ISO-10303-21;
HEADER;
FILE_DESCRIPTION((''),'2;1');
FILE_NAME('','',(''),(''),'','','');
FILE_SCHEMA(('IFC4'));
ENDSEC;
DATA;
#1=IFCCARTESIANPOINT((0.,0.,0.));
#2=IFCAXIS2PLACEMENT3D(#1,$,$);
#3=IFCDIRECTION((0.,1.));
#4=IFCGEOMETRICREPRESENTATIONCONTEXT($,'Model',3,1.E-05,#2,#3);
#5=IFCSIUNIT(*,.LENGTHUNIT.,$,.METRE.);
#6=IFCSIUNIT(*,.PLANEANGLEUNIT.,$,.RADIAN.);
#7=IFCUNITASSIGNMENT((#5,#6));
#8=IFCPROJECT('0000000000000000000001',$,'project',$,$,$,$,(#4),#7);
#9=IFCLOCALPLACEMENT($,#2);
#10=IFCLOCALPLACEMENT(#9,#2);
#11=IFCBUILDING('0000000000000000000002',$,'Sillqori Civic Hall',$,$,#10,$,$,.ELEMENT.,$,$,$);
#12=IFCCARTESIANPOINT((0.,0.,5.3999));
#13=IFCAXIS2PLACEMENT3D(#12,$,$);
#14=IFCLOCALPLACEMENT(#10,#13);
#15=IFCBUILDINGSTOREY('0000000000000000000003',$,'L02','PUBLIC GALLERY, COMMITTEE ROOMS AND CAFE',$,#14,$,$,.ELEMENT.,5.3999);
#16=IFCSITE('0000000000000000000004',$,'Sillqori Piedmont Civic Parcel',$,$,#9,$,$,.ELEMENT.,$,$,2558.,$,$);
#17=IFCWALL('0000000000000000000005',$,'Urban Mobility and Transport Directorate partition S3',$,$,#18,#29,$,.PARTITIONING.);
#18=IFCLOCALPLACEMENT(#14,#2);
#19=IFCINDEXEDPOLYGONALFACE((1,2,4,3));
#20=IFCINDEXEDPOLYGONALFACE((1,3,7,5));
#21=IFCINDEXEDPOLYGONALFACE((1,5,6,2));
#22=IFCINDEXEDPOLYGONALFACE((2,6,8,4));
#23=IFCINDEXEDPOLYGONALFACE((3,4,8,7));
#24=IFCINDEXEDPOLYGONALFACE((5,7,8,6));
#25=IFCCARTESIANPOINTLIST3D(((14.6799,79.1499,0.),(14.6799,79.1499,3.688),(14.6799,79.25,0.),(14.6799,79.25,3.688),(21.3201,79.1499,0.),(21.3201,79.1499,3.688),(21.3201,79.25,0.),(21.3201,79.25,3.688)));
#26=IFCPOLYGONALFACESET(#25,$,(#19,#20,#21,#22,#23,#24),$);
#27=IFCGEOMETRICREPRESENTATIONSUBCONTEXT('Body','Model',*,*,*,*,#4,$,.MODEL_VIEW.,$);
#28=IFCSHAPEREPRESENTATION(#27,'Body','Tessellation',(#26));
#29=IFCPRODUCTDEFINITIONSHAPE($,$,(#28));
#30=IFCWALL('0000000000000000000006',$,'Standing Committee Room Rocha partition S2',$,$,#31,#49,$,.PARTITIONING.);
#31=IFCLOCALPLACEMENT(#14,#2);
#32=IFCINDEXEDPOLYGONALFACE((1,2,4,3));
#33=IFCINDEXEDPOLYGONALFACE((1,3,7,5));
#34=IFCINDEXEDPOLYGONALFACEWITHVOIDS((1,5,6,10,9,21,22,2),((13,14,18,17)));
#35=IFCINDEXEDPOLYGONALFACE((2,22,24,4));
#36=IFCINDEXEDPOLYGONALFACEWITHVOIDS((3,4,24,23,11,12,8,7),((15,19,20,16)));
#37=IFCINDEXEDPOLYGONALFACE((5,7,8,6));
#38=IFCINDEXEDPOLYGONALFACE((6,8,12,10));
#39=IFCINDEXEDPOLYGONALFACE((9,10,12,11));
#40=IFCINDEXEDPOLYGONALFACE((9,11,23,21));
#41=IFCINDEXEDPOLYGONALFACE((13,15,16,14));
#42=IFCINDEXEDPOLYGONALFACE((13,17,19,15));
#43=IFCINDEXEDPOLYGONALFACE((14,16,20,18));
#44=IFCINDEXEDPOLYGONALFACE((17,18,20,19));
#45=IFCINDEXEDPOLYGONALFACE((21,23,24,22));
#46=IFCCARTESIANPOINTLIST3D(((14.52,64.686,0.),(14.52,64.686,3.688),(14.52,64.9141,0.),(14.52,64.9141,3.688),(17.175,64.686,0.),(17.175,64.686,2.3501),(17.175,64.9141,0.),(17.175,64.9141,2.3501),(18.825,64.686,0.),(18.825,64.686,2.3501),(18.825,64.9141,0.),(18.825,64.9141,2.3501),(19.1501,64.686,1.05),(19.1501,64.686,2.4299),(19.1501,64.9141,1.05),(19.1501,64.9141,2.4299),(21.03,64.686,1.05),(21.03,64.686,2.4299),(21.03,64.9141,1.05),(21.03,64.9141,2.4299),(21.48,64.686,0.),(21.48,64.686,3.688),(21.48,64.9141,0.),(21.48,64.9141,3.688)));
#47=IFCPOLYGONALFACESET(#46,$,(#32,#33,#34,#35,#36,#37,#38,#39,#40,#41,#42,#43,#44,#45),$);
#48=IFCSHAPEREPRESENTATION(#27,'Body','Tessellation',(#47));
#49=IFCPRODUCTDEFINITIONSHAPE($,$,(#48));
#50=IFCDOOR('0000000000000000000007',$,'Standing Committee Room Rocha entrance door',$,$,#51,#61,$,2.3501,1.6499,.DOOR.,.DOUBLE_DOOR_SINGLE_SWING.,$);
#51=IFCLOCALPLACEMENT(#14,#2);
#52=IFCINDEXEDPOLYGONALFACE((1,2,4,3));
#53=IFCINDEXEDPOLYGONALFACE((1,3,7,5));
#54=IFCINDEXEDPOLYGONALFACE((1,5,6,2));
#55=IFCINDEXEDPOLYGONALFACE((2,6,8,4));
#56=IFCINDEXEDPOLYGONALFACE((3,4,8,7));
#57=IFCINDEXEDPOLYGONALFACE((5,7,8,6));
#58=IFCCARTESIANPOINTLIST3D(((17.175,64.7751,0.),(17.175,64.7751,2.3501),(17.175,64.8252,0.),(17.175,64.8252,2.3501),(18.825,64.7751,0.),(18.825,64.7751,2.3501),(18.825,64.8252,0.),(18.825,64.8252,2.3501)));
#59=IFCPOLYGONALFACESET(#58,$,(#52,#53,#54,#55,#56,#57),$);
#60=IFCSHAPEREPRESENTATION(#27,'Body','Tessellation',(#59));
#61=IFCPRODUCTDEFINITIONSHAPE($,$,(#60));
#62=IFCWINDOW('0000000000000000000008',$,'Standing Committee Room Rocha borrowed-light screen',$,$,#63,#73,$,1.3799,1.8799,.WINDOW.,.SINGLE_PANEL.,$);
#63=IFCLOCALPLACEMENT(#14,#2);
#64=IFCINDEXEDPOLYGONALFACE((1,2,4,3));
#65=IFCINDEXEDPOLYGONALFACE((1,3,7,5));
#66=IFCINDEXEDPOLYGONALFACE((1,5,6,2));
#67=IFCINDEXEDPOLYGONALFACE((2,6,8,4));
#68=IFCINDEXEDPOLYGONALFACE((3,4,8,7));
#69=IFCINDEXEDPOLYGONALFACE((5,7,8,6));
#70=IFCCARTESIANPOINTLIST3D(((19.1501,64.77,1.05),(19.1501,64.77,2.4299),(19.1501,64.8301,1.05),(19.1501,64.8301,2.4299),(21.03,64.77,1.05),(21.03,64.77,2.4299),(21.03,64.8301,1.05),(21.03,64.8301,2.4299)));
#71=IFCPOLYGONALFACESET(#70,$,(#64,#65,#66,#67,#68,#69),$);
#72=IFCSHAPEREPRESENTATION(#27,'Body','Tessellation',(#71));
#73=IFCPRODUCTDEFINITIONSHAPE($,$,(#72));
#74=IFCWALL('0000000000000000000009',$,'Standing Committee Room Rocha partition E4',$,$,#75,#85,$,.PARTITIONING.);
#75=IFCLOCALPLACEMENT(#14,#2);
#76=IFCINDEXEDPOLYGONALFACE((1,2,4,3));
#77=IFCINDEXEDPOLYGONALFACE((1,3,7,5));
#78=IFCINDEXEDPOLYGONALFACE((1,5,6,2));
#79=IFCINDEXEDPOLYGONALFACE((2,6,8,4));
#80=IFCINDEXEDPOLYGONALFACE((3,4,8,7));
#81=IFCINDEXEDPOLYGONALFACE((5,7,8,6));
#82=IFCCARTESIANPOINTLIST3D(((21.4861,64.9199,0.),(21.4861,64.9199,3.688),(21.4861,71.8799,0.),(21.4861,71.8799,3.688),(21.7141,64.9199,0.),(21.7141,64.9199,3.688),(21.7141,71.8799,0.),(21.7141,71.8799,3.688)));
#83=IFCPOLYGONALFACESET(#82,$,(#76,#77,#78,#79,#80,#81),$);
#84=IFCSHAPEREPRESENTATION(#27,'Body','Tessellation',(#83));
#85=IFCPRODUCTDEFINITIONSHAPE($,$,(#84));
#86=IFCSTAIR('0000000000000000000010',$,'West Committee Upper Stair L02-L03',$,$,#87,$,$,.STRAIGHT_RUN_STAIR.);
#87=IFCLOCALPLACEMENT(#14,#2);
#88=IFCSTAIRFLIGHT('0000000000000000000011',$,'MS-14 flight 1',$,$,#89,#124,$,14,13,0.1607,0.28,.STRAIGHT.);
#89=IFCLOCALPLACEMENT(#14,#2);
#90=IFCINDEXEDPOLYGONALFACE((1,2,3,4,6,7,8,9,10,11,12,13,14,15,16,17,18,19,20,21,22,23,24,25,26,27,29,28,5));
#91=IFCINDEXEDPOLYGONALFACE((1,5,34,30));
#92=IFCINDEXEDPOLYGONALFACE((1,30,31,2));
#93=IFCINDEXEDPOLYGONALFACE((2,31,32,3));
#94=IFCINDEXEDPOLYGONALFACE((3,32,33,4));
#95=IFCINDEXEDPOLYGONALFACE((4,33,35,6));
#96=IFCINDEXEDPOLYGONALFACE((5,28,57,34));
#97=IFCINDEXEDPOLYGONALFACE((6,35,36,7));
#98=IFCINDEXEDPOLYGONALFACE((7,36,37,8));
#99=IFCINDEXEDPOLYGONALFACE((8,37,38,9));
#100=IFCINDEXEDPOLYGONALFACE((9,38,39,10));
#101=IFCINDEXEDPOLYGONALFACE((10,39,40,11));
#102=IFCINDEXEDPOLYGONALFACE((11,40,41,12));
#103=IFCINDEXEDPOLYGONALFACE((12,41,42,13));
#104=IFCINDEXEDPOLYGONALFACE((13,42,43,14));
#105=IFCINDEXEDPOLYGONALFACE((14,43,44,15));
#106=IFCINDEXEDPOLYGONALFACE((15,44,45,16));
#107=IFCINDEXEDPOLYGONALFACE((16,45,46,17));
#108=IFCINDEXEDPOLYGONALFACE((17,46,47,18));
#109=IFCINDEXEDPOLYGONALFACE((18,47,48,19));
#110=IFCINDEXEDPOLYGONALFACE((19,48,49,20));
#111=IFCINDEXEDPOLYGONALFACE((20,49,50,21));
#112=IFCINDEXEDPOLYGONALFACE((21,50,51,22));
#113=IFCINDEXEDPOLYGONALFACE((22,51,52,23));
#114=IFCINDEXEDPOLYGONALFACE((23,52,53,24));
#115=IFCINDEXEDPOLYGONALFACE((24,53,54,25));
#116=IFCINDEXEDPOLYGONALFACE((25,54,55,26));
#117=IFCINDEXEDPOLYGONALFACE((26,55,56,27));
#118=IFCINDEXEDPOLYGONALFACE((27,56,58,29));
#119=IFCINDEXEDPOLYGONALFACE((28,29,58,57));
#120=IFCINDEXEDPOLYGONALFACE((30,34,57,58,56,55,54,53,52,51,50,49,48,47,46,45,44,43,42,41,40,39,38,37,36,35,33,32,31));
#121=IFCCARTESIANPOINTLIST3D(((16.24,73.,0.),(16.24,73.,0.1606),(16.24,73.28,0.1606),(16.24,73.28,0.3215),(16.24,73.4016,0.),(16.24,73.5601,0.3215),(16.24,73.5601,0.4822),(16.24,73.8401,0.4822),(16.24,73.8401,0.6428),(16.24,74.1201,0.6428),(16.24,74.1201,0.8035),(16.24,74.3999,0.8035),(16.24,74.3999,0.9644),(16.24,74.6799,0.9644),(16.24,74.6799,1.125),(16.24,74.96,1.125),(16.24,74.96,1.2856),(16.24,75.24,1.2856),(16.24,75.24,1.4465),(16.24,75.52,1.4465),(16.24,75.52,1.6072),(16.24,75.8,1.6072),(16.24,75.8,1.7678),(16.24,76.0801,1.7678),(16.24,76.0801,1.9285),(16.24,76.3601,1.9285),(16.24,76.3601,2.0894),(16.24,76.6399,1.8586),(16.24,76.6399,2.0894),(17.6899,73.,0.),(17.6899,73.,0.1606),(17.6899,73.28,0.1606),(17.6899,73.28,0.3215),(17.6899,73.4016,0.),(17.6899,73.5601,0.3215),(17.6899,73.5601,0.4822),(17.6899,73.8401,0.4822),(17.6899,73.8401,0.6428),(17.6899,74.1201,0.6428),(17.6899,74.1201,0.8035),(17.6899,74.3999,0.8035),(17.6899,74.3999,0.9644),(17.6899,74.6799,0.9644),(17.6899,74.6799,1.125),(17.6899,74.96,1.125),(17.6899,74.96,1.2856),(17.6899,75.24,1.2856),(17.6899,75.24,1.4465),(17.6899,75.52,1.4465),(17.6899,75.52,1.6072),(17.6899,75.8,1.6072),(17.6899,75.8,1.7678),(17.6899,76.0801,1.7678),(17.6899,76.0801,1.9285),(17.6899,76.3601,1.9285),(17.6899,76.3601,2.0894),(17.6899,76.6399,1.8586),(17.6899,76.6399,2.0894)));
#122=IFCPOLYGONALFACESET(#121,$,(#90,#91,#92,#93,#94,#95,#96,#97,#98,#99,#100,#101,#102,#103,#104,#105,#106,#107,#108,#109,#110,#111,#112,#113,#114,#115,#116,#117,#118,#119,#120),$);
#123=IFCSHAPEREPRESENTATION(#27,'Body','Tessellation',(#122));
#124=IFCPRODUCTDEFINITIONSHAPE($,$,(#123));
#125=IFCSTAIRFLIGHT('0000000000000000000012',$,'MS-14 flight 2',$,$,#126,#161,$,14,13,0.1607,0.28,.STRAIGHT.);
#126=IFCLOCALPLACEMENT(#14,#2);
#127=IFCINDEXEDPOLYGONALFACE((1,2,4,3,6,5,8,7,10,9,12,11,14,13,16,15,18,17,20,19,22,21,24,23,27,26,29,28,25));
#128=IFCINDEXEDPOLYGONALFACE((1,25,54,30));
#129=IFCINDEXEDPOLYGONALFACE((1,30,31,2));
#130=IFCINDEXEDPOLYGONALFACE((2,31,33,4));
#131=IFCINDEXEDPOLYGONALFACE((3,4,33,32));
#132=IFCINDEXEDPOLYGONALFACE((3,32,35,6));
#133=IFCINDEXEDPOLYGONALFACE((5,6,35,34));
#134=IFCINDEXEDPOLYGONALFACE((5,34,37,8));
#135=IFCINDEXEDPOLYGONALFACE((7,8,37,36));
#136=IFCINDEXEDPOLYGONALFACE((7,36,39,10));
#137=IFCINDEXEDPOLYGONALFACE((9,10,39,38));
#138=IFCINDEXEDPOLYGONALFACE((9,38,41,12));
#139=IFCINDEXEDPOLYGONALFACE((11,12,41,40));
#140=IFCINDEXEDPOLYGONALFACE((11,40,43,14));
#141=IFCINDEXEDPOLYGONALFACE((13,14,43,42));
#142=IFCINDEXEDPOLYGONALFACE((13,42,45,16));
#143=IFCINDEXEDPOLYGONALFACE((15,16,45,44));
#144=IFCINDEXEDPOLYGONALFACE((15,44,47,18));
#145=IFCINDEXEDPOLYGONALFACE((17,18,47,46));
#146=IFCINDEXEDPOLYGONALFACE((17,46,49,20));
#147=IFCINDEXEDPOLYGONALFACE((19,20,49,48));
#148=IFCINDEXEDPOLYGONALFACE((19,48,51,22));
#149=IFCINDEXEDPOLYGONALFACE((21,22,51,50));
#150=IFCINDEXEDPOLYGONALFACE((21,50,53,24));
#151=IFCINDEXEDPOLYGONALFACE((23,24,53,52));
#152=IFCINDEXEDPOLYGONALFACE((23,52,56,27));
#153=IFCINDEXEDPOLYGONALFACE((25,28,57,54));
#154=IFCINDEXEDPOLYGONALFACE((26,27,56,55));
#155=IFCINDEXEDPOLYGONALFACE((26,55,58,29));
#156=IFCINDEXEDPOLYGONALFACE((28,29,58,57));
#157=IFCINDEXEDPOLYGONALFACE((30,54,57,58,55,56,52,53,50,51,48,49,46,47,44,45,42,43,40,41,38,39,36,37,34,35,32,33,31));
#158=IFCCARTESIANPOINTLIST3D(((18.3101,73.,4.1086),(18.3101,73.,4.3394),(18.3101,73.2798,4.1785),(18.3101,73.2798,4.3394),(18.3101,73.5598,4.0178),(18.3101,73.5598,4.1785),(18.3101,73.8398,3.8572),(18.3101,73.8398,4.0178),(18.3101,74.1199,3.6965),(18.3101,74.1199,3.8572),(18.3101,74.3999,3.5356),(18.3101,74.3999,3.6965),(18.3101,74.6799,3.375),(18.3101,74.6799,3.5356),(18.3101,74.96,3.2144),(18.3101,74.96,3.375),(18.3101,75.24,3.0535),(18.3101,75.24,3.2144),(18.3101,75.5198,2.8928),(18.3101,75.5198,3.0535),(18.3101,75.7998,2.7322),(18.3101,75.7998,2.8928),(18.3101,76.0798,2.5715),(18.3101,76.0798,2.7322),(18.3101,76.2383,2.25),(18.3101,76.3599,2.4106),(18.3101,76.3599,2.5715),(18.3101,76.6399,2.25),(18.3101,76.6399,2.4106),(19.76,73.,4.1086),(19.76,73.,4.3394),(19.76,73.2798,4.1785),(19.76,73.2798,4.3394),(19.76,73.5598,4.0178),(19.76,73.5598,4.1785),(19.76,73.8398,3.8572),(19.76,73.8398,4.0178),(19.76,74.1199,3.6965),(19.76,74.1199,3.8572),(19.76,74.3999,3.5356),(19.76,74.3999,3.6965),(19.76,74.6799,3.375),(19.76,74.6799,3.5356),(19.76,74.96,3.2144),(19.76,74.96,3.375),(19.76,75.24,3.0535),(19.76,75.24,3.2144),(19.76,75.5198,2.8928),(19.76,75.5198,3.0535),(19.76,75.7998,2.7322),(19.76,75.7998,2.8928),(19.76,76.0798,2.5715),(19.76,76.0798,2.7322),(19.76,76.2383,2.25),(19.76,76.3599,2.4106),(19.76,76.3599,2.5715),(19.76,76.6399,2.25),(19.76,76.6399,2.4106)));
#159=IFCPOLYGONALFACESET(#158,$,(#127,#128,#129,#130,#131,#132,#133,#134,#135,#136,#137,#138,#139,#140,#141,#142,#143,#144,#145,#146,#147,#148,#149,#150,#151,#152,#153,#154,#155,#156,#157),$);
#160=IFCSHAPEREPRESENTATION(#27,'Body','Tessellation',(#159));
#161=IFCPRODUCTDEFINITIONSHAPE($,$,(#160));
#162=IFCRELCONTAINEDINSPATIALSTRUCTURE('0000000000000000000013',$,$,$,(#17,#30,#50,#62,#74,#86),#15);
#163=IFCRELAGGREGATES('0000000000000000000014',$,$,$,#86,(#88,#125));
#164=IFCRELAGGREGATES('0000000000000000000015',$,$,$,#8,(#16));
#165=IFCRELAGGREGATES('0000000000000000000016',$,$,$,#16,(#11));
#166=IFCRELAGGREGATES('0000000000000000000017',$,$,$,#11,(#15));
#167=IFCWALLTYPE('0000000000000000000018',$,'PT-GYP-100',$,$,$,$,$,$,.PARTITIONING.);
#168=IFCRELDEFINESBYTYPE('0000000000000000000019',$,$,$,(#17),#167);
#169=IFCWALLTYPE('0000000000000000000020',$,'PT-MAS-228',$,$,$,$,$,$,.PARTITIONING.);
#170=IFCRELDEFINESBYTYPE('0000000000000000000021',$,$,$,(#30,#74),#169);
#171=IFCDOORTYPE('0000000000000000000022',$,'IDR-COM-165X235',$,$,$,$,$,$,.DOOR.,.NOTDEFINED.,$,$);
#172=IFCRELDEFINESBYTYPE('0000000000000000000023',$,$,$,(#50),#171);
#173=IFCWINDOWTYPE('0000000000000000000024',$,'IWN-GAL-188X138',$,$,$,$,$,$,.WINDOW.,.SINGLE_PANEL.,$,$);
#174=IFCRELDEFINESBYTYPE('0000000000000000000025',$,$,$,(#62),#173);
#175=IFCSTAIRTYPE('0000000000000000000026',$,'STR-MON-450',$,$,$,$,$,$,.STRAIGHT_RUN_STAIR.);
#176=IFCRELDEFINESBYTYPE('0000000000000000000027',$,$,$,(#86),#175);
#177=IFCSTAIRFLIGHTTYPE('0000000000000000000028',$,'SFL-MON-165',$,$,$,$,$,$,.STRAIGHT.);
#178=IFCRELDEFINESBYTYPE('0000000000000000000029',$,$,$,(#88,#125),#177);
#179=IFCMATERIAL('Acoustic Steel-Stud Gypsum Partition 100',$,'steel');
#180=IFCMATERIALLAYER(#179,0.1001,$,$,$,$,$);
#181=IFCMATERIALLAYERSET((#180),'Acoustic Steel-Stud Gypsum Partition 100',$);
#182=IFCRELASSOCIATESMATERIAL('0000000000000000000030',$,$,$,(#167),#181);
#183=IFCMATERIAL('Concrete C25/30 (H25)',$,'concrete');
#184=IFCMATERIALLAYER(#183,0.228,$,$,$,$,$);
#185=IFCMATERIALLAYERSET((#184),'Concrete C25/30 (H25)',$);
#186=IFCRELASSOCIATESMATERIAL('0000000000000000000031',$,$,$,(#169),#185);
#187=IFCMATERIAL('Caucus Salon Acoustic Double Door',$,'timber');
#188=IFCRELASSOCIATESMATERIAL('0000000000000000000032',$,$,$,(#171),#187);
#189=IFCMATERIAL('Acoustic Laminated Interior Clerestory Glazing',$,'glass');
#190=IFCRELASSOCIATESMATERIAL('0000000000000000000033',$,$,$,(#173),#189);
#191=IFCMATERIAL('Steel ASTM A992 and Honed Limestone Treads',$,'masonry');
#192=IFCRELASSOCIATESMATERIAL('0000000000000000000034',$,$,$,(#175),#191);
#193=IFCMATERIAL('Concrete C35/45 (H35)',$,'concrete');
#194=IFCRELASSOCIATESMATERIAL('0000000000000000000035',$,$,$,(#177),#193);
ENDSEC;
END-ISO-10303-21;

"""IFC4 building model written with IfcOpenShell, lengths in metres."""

from ifc_helpers import new_model, si_unit, direction, frame, frame_2d, origin, place, context, subcontext, project, spatial, polyline, rectangle, outline, extrude, material, layer, layer_set, type_object, element, fill, aggregate, save


model = new_model("IFC4")

# Units and contexts
model_context = context("Model", 3, precision=1e-05, world=origin(), true_north=direction((0.0, 1.0)))
body_context = subcontext(model_context, "Body", "Model", "MODEL_VIEW")
ifc_project = project(units=[si_unit("LENGTHUNIT", "METRE"), si_unit("PLANEANGLEUNIT", "RADIAN")], contexts=[model_context])

# Site, building, storey
site_placement = place(None, origin())
site = spatial("IfcSite", under=ifc_project, at=site_placement, Name="Sillqori Piedmont Civic Parcel", CompositionType="ELEMENT", RefElevation=2558.0)
building_placement = place(site_placement, origin())
building = spatial("IfcBuilding", under=site, at=building_placement, Name="Sillqori Civic Hall", CompositionType="ELEMENT")
storey_placement = place(building_placement, frame((0.0, 0.0, 5.3999)))
storey = spatial("IfcBuildingStorey", under=building, at=storey_placement, Name="L02", Description="PUBLIC GALLERY, COMMITTEE ROOMS AND CAFE", CompositionType="ELEMENT", Elevation=5.3999)

# Shared definitions
ifc_material_1 = material(Name="Concrete C35/45 (H35)", Category="concrete")

# Wall
ifc_material_2 = material(Name="Acoustic Steel-Stud Gypsum Partition 100", Category="steel")
ifc_layer_1 = layer(ifc_material_2, 0.1001)
ifc_layer_set_1 = layer_set([ifc_layer_1], Name="Acoustic Steel-Stud Gypsum Partition 100")
wall_type_1 = type_object("IfcWallType", Name="PT-GYP-100", PredefinedType="PARTITIONING", material=ifc_layer_set_1)
wall_1_placement = place(storey_placement, frame((21.3201, 79.2, 0.0), z_axis=(0.0, 0.0, 1.0), x_axis=(-1.0, 0.0, 0.0)))
element("IfcWall", 1, at=wall_1_placement, inside=storey, type_object=wall_type_1, Name="Urban Mobility and Transport Directorate partition S3", PredefinedType="PARTITIONING", context=body_context, shape_type="SweptSolid", body=[
    extrude(rectangle(XDim=6.6401, YDim=0.1001, at=frame_2d((3.3201, 0.0))), origin(), (0.0, 0.0, 1.0), 3.688),
])

# Wall, openings, door, window
ifc_material_3 = material(Name="Concrete C25/30 (H25)", Category="concrete")
ifc_layer_2 = layer(ifc_material_3, 0.228)
ifc_layer_set_2 = layer_set([ifc_layer_2], Name="Concrete C25/30 (H25)")
wall_type_2 = type_object("IfcWallType", Name="PT-MAS-228", PredefinedType="PARTITIONING", material=ifc_layer_set_2)
wall_2_placement = place(storey_placement, frame((21.48, 64.8, 0.0), z_axis=(0.0, 0.0, 1.0), x_axis=(-1.0, 0.0, 0.0)))
wall_2 = element("IfcWall", 2, at=wall_2_placement, inside=storey, type_object=wall_type_2, Name="Standing Committee Room Rocha partition S2", PredefinedType="PARTITIONING", context=body_context, shape_type="SweptSolid", body=[
    extrude(rectangle(XDim=6.96, YDim=0.228, at=frame_2d((3.48, 0.0))), origin(), (0.0, 0.0, 1.0), 3.688),
])
opening_1_placement = place(wall_2_placement, frame((2.655, 0.0, 0.0)))
opening_1 = element("IfcOpeningElement", 3, at=opening_1_placement, cuts=wall_2, PredefinedType="OPENING", context=body_context, shape_type="SweptSolid", body=[
    extrude(rectangle(XDim=1.6499, YDim=2.3501, at=frame_2d((0.825, 1.175))), frame((0.0, 0.124, 0.0), z_axis=(0.0, -1.0, 0.0), x_axis=(1.0, 0.0, 0.0)), (0.0, 0.0, 1.0), 0.248),
])
opening_2_placement = place(wall_2_placement, frame((0.45, 0.0, 1.05)))
opening_2 = element("IfcOpeningElement", 4, at=opening_2_placement, cuts=wall_2, PredefinedType="OPENING", context=body_context, shape_type="SweptSolid", body=[
    extrude(rectangle(XDim=1.8799, YDim=1.3799, at=frame_2d((0.9399, 0.6899))), frame((0.0, 0.124, 0.0), z_axis=(0.0, -1.0, 0.0), x_axis=(1.0, 0.0, 0.0)), (0.0, 0.0, 1.0), 0.248),
])
ifc_material_4 = material(Name="Caucus Salon Acoustic Double Door", Category="timber")
door_type = type_object("IfcDoorType", Name="IDR-COM-165X235", OperationType="NOTDEFINED", PredefinedType="DOOR", material=ifc_material_4)
door_placement = place(opening_1_placement, origin())
door = element("IfcDoor", 5, at=door_placement, inside=storey, type_object=door_type, Name="Standing Committee Room Rocha entrance door", OperationType="DOUBLE_DOOR_SINGLE_SWING", OverallHeight=2.3501, OverallWidth=1.6499, PredefinedType="DOOR", context=body_context, shape_type="SweptSolid", body=[
    extrude(rectangle(XDim=1.6499, YDim=2.3501, at=frame_2d((0.825, 1.175))), frame((0.0, 0.0249, 0.0), z_axis=(0.0, -1.0, 0.0), x_axis=(1.0, 0.0, 0.0)), (0.0, 0.0, 1.0), 0.05),
])
fill(opening_1, door)
ifc_material_5 = material(Name="Acoustic Laminated Interior Clerestory Glazing", Category="glass")
window_type = type_object("IfcWindowType", Name="IWN-GAL-188X138", PartitioningType="SINGLE_PANEL", PredefinedType="WINDOW", material=ifc_material_5)
window_placement = place(opening_2_placement, origin())
window = element("IfcWindow", 6, at=window_placement, inside=storey, type_object=window_type, Name="Standing Committee Room Rocha borrowed-light screen", OverallHeight=1.3799, OverallWidth=1.8799, PartitioningType="SINGLE_PANEL", PredefinedType="WINDOW", context=body_context, shape_type="SweptSolid", body=[
    extrude(rectangle(XDim=1.8799, YDim=1.3799, at=frame_2d((0.9399, 0.6899))), frame((0.0, 0.03, 0.0), z_axis=(0.0, -1.0, 0.0), x_axis=(1.0, 0.0, 0.0)), (0.0, 0.0, 1.0), 0.0601),
])
fill(opening_2, window)

# Wall
wall_3_placement = place(storey_placement, frame((21.6001, 71.8799, 0.0), z_axis=(0.0, 0.0, 1.0), x_axis=(0.0, -1.0, 0.0)))
element("IfcWall", 7, at=wall_3_placement, inside=storey, type_object=wall_type_2, Name="Standing Committee Room Rocha partition E4", PredefinedType="PARTITIONING", context=body_context, shape_type="SweptSolid", body=[
    extrude(rectangle(XDim=6.96, YDim=0.228, at=frame_2d((3.48, 0.0))), origin(), (0.0, 0.0, 1.0), 3.688),
])

# Stair, stair flights
ifc_material_6 = material(Name="Steel ASTM A992 and Honed Limestone Treads", Category="masonry")
stair_type = type_object("IfcStairType", Name="STR-MON-450", PredefinedType="STRAIGHT_RUN_STAIR", material=ifc_material_6)
stair_placement = place(storey_placement, origin())
stair = element("IfcStair", 8, at=stair_placement, inside=storey, type_object=stair_type, Name="West Committee Upper Stair L02-L03", PredefinedType="STRAIGHT_RUN_STAIR")
stair_flight_type = type_object("IfcStairFlightType", Name="SFL-MON-165", PredefinedType="STRAIGHT", material=ifc_material_1)
stair_flight_1_placement = place(storey_placement, frame((16.9651, 73.0, 0.0), z_axis=(0.0, 0.0, 1.0), x_axis=(0.0, 1.0, 0.0)))
stair_flight_1 = element("IfcStairFlight", 9, at=stair_flight_1_placement, type_object=stair_flight_type, Name="MS-14 flight 1", NumberOfRisers=14, NumberOfTreads=13, PredefinedType="STRAIGHT", RiserHeight=0.1607, TreadLength=0.28, context=body_context, shape_type="SweptSolid", body=[
    extrude(outline(polyline([(0.0, 0.0), (0.0, 0.1606), (0.28, 0.1606), (0.28, 0.3215), (0.5601, 0.3215), (0.5601, 0.4822), (0.8401, 0.4822), (0.8401, 0.6428), (1.1201, 0.6428), (1.1201, 0.8035), (1.3999, 0.8035), (1.3999, 0.9644), (1.6799, 0.9644), (1.6799, 1.125), (1.96, 1.125), (1.96, 1.2856), (2.24, 1.2856), (2.24, 1.4465), (2.52, 1.4465), (2.52, 1.6072), (2.8, 1.6072), (2.8, 1.7678), (3.0801, 1.7678), (3.0801, 1.9285), (3.3601, 1.9285), (3.3601, 2.0894), (3.6399, 2.0894), (3.6399, 2.25), (3.6399, 1.8586), (0.4016, 0.0), (0.0, 0.0)])), frame((0.0, 0.7251, 0.0), z_axis=(0.0, -1.0, 0.0), x_axis=(1.0, 0.0, 0.0)), (0.0, 0.0, 1.0), 1.45),
])
stair_flight_2_placement = place(storey_placement, frame((19.0349, 76.6399, 2.25), z_axis=(0.0, 0.0, 1.0), x_axis=(0.0, -1.0, 0.0)))
stair_flight_2 = element("IfcStairFlight", 10, at=stair_flight_2_placement, type_object=stair_flight_type, Name="MS-14 flight 2", NumberOfRisers=14, NumberOfTreads=13, PredefinedType="STRAIGHT", RiserHeight=0.1607, TreadLength=0.28, context=body_context, shape_type="SweptSolid", body=[
    extrude(outline(polyline([(0.0, 0.0), (0.0, 0.1606), (0.28, 0.1606), (0.28, 0.3215), (0.5601, 0.3215), (0.5601, 0.4822), (0.8401, 0.4822), (0.8401, 0.6428), (1.1201, 0.6428), (1.1201, 0.8035), (1.3999, 0.8035), (1.3999, 0.9644), (1.6799, 0.9644), (1.6799, 1.125), (1.96, 1.125), (1.96, 1.2856), (2.24, 1.2856), (2.24, 1.4465), (2.52, 1.4465), (2.52, 1.6072), (2.8, 1.6072), (2.8, 1.7678), (3.0801, 1.7678), (3.0801, 1.9285), (3.3601, 1.9285), (3.3601, 2.0894), (3.6399, 2.0894), (3.6399, 2.25), (3.6399, 1.8586), (0.4016, 0.0), (0.0, 0.0)])), frame((0.0, 0.7251, 0.0), z_axis=(0.0, -1.0, 0.0), x_axis=(1.0, 0.0, 0.0)), (0.0, 0.0, 1.0), 1.45),
])
aggregate(stair, [stair_flight_1, stair_flight_2])

save(model, "model.ifc")
